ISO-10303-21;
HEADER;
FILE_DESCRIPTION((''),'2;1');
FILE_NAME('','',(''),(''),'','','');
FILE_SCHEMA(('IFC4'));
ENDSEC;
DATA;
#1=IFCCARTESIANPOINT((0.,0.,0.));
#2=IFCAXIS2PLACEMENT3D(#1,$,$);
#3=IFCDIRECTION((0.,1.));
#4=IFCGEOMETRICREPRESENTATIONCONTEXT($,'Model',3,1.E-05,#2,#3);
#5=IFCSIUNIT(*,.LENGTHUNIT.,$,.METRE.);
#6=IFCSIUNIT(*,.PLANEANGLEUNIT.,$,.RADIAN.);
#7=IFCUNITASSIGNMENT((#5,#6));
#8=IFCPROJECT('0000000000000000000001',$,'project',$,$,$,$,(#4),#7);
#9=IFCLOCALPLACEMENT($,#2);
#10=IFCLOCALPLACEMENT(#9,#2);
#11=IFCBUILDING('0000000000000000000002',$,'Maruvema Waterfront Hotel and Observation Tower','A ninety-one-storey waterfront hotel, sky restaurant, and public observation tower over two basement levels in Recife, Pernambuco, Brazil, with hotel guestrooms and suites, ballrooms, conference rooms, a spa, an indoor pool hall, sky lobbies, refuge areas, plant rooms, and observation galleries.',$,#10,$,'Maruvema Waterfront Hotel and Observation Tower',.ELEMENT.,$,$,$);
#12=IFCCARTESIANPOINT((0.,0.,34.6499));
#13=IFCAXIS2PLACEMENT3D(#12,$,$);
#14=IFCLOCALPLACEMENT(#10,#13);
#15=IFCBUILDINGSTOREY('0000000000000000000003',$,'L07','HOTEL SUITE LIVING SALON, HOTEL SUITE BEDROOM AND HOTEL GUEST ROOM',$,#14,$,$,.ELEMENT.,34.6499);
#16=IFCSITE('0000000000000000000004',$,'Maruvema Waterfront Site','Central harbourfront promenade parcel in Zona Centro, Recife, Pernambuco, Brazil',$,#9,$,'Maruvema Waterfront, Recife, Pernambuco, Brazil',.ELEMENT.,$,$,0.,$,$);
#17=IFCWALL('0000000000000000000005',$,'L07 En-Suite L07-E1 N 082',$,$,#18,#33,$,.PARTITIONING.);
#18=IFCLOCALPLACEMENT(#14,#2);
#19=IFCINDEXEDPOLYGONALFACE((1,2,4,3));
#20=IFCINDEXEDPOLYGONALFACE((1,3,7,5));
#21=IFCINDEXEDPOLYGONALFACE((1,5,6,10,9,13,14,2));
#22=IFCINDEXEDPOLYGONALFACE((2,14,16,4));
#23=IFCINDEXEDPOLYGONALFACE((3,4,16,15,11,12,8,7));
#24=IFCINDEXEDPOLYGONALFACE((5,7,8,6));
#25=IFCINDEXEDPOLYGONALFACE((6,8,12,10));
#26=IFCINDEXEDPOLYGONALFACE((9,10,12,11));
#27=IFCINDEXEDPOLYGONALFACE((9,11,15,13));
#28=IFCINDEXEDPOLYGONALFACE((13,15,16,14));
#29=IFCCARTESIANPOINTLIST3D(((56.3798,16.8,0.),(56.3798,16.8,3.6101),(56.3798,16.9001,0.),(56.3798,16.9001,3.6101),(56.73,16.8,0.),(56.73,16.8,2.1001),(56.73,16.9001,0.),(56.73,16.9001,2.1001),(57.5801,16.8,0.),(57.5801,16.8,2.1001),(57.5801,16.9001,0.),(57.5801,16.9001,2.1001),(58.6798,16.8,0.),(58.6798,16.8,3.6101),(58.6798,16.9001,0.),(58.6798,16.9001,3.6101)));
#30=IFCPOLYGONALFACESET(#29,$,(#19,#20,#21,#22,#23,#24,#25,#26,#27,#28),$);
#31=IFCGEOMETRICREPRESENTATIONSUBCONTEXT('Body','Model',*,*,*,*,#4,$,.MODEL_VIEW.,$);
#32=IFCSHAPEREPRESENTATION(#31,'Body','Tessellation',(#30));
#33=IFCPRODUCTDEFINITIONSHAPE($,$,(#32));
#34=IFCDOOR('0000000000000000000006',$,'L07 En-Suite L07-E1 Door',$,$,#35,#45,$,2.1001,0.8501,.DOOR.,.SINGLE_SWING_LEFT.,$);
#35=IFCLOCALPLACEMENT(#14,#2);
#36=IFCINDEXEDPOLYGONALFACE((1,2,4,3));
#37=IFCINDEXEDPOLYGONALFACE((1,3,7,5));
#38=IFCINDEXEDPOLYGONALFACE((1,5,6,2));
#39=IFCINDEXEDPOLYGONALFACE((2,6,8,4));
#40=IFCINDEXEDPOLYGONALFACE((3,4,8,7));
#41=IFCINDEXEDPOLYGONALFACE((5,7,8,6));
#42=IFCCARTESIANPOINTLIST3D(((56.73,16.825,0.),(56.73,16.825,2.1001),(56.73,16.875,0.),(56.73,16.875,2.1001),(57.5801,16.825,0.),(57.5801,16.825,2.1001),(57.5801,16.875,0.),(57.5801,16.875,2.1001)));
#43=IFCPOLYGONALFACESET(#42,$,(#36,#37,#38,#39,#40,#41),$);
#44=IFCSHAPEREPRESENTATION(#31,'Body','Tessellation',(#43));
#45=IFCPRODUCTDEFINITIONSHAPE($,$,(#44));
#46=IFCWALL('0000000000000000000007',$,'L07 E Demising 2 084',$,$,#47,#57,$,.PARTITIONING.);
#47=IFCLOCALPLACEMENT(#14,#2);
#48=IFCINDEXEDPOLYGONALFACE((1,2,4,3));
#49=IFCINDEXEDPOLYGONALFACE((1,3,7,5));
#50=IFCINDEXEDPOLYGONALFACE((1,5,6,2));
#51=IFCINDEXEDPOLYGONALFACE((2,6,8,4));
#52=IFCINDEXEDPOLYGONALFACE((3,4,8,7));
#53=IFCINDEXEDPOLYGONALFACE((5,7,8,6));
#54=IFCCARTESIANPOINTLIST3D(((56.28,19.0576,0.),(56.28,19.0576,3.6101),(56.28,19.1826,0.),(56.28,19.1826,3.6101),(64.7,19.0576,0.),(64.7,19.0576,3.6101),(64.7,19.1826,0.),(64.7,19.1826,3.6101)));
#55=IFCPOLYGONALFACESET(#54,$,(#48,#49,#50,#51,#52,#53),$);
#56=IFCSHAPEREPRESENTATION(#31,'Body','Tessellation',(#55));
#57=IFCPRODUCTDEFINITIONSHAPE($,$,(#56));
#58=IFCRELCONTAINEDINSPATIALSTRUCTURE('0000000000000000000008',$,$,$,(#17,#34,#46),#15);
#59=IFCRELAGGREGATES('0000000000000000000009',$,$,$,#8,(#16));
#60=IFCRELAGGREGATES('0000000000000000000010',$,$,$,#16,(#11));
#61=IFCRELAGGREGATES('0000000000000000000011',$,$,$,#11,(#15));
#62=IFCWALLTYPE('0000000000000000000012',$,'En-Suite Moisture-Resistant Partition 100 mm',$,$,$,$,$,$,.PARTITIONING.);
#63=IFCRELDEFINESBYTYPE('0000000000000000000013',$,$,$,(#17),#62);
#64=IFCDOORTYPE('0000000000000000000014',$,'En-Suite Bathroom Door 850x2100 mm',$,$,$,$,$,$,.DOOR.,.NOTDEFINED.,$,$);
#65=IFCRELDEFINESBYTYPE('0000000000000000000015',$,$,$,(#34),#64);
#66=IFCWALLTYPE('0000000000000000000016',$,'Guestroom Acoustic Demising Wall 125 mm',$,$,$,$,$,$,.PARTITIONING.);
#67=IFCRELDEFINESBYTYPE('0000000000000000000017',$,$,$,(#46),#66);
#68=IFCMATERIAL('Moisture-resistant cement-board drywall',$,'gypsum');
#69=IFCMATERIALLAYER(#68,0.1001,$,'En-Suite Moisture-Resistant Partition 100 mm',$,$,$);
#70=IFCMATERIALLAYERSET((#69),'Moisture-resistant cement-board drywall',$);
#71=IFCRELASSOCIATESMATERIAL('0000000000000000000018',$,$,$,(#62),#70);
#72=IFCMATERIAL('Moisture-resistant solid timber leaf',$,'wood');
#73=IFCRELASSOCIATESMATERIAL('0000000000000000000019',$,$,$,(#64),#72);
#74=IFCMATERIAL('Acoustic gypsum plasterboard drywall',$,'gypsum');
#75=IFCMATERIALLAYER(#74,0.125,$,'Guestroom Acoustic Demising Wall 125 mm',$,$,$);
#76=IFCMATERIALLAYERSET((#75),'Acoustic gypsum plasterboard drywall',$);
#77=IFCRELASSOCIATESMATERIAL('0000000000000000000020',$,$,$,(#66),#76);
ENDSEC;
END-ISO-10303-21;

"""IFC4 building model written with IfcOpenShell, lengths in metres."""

from ifc_helpers import new_model, si_unit, direction, frame, frame_2d, origin, place, context, subcontext, project, spatial, rectangle, extrude, material, layer, layer_set, type_object, element, fill, save


model = new_model("IFC4")

# Units and contexts
model_context = context("Model", 3, precision=1e-05, world=origin(), true_north=direction((0.0, 1.0)))
body_context = subcontext(model_context, "Body", "Model", "MODEL_VIEW")
ifc_project = project(units=[si_unit("LENGTHUNIT", "METRE"), si_unit("PLANEANGLEUNIT", "RADIAN")], contexts=[model_context])

# Site, building, storey
site_placement = place(None, origin())
site = spatial("IfcSite", under=ifc_project, at=site_placement, Name="Maruvema Waterfront Site", Description="Central harbourfront promenade parcel in Zona Centro, Recife, Pernambuco, Brazil", LongName="Maruvema Waterfront, Recife, Pernambuco, Brazil", CompositionType="ELEMENT", RefElevation=0.0)
building_placement = place(site_placement, origin())
building = spatial("IfcBuilding", under=site, at=building_placement, Name="Maruvema Waterfront Hotel and Observation Tower", Description="A ninety-one-storey waterfront hotel, sky restaurant, and public observation tower over two basement levels in Recife, Pernambuco, Brazil, with hotel guestrooms and suites, ballrooms, conference rooms, a spa, an indoor pool hall, sky lobbies, refuge areas, plant rooms, and observation galleries.", LongName="Maruvema Waterfront Hotel and Observation Tower", CompositionType="ELEMENT")
storey_placement = place(building_placement, frame((0.0, 0.0, 34.6499)))
storey = spatial("IfcBuildingStorey", under=building, at=storey_placement, Name="L07", Description="HOTEL SUITE LIVING SALON, HOTEL SUITE BEDROOM AND HOTEL GUEST ROOM", CompositionType="ELEMENT", Elevation=34.6499)

# Shared definitions
ifc_material_1 = material(Name="Moisture-resistant cement-board drywall", Category="gypsum")
ifc_layer_1 = layer(ifc_material_1, 0.1001, Name="En-Suite Moisture-Resistant Partition 100 mm")
ifc_layer_set_1 = layer_set([ifc_layer_1], Name="Moisture-resistant cement-board drywall")
wall_type_1 = type_object("IfcWallType", Name="En-Suite Moisture-Resistant Partition 100 mm", PredefinedType="PARTITIONING", material=ifc_layer_set_1)

# Wall, opening, door
wall_1_placement = place(storey_placement, frame((56.3799, 16.8501, 0.0), z_axis=(0.0, 0.0, 1.0), x_axis=(1.0, 0.0, 0.0)))
wall_1 = element("IfcWall", 1, at=wall_1_placement, inside=storey, type_object=wall_type_1, Name="L07 En-Suite L07-E1 N 082", PredefinedType="PARTITIONING", context=body_context, shape_type="SweptSolid", body=[
    extrude(rectangle(XDim=2.3, YDim=0.1001, at=frame_2d((1.1499, 0.0))), origin(), (0.0, 0.0, 1.0), 3.6101),
])
opening_1_placement = place(wall_1_placement, frame((0.3501, 0.0, 0.0)))
opening_1 = element("IfcOpeningElement", 2, at=opening_1_placement, cuts=wall_1, PredefinedType="OPENING", context=body_context, shape_type="SweptSolid", body=[
    extrude(rectangle(XDim=0.8501, YDim=2.1001, at=frame_2d((0.425, 1.05))), frame((0.0, 0.0601, 0.0), z_axis=(0.0, -1.0, 0.0), x_axis=(1.0, 0.0, 0.0)), (0.0, 0.0, 1.0), 0.1201),
])
ifc_material_2 = material(Name="Moisture-resistant solid timber leaf", Category="wood")
door_type_1 = type_object("IfcDoorType", Name="En-Suite Bathroom Door 850x2100 mm", OperationType="NOTDEFINED", PredefinedType="DOOR", material=ifc_material_2)
door_1_placement = place(opening_1_placement, origin())
door_1 = element("IfcDoor", 3, at=door_1_placement, inside=storey, type_object=door_type_1, Name="L07 En-Suite L07-E1 Door", OperationType="SINGLE_SWING_LEFT", OverallHeight=2.1001, OverallWidth=0.8501, PredefinedType="DOOR", context=body_context, shape_type="SweptSolid", body=[
    extrude(rectangle(XDim=0.8501, YDim=2.1001, at=frame_2d((0.425, 1.05))), frame((0.0, 0.0249, 0.0), z_axis=(0.0, -1.0, 0.0), x_axis=(1.0, 0.0, 0.0)), (0.0, 0.0, 1.0), 0.05),
])
fill(opening_1, door_1)

# Wall
ifc_material_3 = material(Name="Acoustic gypsum plasterboard drywall", Category="gypsum")
ifc_layer_2 = layer(ifc_material_3, 0.125, Name="Guestroom Acoustic Demising Wall 125 mm")
ifc_layer_set_2 = layer_set([ifc_layer_2], Name="Acoustic gypsum plasterboard drywall")
wall_type_2 = type_object("IfcWallType", Name="Guestroom Acoustic Demising Wall 125 mm", PredefinedType="PARTITIONING", material=ifc_layer_set_2)
wall_2_placement = place(storey_placement, frame((56.28, 19.1201, 0.0), z_axis=(0.0, 0.0, 1.0), x_axis=(1.0, 0.0, 0.0)))
element("IfcWall", 4, at=wall_2_placement, inside=storey, type_object=wall_type_2, Name="L07 E Demising 2 084", PredefinedType="PARTITIONING", context=body_context, shape_type="SweptSolid", body=[
    extrude(rectangle(XDim=8.4199, YDim=0.125, at=frame_2d((4.21, 0.0))), origin(), (0.0, 0.0, 1.0), 3.6101),
])

save(model, "model.ifc")
